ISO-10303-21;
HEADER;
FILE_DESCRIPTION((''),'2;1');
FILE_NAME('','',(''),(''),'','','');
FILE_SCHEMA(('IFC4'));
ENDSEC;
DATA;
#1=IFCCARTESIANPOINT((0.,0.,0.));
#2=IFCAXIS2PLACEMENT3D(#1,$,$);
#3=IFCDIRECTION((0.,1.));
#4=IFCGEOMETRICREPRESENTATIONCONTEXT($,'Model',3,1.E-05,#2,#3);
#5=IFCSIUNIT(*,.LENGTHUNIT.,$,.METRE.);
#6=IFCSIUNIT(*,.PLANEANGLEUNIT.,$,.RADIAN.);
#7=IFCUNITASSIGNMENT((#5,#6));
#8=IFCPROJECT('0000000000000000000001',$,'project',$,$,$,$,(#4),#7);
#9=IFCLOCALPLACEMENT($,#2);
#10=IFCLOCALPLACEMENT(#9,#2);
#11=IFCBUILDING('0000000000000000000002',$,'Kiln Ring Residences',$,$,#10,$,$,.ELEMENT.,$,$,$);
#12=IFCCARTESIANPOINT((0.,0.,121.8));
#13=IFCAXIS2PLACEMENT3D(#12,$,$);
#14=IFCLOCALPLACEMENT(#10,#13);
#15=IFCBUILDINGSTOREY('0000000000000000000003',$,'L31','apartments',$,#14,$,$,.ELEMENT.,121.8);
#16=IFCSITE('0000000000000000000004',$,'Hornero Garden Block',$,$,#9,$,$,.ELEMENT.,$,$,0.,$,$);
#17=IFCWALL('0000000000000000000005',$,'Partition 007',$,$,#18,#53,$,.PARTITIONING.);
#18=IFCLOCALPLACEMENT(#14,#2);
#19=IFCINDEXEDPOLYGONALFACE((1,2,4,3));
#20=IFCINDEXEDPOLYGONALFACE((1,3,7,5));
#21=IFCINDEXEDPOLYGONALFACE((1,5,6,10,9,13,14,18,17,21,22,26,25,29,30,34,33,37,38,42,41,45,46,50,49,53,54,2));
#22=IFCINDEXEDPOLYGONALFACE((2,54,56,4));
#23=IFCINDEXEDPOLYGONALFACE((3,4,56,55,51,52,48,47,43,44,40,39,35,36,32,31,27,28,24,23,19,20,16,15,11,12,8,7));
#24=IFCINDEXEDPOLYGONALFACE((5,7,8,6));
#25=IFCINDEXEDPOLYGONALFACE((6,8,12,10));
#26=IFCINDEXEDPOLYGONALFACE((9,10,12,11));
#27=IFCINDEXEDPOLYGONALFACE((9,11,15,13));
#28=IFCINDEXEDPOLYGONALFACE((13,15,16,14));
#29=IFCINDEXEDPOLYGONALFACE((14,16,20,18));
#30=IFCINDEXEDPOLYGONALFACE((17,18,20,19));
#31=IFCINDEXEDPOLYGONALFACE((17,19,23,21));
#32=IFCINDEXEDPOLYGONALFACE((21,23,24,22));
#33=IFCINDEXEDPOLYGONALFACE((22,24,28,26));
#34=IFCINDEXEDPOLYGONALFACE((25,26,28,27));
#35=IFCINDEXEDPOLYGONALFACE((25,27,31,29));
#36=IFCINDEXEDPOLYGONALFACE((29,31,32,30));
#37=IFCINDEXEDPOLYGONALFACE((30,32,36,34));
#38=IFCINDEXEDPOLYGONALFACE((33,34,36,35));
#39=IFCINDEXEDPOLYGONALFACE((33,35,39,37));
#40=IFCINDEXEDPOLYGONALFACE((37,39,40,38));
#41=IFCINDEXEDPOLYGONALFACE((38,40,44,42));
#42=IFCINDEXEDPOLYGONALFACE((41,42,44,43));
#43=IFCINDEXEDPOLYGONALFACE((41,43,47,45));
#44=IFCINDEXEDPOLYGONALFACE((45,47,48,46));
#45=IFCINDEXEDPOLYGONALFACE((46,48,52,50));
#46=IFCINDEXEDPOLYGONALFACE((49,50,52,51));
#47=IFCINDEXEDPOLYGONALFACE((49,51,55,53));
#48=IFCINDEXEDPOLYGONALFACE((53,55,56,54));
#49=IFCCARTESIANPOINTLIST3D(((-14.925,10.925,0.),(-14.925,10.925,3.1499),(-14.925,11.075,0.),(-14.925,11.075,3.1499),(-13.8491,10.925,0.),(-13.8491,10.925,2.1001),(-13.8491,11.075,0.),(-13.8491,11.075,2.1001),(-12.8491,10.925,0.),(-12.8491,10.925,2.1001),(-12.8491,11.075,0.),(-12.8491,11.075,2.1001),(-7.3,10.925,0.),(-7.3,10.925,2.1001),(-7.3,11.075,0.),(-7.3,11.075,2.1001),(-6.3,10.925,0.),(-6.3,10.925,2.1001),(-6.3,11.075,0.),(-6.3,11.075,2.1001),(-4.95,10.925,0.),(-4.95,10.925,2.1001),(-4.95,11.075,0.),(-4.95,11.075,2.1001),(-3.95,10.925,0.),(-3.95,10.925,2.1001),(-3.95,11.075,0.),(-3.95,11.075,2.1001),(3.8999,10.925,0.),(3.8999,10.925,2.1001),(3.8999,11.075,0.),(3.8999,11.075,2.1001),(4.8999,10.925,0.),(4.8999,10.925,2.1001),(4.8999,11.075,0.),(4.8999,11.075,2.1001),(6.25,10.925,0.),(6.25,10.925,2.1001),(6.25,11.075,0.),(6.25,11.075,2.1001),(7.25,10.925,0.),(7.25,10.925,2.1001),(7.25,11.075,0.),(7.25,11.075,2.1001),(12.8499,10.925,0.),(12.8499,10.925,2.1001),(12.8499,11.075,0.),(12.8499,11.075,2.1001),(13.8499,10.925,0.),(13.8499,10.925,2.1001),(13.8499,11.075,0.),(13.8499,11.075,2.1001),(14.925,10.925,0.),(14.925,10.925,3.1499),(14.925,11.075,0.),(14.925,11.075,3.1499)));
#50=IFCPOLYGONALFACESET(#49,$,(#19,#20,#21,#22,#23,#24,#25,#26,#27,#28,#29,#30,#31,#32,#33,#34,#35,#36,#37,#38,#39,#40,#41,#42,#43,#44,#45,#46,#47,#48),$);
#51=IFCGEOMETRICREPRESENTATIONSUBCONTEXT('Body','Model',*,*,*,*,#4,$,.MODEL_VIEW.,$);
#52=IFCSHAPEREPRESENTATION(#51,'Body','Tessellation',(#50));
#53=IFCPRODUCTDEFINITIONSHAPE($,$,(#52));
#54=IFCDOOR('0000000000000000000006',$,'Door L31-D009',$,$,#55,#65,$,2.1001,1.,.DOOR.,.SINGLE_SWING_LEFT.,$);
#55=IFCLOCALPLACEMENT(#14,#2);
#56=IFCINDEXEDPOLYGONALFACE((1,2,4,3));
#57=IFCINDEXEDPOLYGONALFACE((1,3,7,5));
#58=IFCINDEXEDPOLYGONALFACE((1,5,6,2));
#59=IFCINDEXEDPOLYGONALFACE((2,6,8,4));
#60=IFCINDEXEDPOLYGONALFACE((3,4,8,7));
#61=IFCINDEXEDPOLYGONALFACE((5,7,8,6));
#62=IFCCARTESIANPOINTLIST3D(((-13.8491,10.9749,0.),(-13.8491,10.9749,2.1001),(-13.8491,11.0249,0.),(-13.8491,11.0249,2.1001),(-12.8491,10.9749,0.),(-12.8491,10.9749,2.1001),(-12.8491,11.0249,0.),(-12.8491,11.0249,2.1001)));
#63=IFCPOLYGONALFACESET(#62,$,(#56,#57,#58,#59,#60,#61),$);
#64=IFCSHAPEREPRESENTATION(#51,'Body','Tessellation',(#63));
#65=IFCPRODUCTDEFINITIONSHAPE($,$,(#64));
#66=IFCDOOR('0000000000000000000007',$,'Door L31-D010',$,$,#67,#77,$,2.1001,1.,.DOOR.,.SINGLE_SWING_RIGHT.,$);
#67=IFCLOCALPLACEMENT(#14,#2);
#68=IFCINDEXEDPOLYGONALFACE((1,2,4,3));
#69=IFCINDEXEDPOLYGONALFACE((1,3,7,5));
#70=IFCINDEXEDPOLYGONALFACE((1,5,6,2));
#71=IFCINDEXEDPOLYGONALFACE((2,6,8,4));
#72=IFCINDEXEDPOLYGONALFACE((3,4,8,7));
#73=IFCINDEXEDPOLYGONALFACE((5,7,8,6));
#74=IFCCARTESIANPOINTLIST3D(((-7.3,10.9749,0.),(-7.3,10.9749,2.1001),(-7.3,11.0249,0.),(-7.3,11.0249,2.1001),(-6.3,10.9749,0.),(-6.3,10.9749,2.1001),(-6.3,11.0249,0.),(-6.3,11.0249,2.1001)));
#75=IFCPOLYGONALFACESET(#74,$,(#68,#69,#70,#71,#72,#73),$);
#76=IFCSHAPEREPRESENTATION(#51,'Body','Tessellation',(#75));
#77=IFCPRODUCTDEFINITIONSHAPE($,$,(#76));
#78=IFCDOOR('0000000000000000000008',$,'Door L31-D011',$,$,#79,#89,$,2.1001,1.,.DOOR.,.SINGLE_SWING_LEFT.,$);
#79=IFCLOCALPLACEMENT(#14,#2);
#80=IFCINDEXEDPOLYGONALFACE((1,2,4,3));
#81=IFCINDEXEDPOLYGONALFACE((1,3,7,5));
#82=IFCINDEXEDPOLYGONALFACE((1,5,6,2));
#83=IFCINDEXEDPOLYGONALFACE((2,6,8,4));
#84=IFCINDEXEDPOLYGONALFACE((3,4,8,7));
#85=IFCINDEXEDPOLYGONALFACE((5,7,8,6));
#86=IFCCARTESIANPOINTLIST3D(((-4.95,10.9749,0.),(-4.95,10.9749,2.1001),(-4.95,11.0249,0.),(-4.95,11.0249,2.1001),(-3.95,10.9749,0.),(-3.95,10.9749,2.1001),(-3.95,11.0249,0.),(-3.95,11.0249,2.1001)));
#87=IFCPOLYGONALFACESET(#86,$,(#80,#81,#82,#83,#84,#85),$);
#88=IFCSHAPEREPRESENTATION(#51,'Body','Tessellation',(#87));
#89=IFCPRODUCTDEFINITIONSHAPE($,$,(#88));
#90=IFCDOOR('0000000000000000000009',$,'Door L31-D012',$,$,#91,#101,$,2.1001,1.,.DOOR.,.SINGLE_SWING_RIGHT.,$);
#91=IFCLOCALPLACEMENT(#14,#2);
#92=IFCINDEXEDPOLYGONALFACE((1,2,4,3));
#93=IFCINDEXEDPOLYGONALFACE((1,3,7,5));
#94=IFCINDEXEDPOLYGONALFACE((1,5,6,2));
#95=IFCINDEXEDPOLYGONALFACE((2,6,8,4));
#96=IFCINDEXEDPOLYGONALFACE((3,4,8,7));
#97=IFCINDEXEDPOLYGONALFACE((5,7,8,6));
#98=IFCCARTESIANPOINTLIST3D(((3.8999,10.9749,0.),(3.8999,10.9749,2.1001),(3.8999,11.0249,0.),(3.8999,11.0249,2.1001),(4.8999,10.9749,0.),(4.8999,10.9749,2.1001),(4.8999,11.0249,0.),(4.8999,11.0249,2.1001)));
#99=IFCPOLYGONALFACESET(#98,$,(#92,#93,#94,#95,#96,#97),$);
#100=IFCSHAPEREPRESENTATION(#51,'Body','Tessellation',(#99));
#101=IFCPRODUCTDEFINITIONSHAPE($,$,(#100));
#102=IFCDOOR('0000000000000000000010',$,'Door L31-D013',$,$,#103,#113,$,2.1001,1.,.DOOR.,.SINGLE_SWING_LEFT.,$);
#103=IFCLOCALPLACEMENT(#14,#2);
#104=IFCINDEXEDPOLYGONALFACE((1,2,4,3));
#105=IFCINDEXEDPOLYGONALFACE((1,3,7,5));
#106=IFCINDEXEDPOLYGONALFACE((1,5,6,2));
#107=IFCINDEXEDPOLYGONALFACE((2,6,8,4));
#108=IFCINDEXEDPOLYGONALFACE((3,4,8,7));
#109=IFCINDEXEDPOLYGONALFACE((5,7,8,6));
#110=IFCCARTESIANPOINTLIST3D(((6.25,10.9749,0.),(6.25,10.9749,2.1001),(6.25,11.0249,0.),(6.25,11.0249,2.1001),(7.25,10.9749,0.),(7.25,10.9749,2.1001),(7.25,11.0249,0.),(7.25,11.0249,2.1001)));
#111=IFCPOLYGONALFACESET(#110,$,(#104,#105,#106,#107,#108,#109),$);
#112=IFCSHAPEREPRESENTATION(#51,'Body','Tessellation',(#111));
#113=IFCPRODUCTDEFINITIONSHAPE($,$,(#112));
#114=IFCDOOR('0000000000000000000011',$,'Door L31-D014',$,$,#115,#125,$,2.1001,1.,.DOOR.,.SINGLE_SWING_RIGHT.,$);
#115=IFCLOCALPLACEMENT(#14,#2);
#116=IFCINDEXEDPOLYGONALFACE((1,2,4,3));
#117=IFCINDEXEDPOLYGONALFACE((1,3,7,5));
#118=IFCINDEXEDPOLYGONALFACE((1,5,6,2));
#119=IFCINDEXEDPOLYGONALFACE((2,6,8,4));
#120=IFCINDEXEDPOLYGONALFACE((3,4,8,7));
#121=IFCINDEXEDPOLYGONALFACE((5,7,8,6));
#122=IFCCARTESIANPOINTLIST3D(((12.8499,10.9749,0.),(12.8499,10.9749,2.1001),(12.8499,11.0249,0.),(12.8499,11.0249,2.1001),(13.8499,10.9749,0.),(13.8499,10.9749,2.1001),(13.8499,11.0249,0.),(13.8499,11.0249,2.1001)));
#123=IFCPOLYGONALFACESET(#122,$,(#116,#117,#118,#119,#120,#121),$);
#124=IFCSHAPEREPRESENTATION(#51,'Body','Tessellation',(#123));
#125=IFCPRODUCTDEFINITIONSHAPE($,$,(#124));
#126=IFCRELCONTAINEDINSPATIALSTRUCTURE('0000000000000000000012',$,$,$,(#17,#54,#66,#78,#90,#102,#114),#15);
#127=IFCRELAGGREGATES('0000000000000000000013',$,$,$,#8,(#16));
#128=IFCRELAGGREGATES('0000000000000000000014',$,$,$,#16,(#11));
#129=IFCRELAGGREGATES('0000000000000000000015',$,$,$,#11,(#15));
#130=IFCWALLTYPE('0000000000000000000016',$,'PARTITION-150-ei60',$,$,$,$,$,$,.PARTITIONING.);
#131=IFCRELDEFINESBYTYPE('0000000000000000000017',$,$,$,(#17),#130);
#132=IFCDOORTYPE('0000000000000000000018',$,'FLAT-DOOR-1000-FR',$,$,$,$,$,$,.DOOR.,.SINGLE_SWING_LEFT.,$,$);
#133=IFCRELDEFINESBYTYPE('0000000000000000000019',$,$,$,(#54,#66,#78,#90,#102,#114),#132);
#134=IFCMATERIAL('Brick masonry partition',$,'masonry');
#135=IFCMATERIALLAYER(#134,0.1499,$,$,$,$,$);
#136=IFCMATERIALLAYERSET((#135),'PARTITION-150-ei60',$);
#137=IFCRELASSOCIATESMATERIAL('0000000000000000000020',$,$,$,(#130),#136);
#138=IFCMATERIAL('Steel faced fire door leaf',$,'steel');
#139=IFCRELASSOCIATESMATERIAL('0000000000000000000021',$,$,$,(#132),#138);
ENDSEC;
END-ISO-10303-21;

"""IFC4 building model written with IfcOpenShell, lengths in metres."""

from ifc_helpers import new_model, si_unit, direction, frame, frame_2d, origin, place, context, subcontext, project, spatial, rectangle, extrude, material, layer, layer_set, type_object, element, fill, save


model = new_model("IFC4")

# Units and contexts
model_context = context("Model", 3, precision=1e-05, world=origin(), true_north=direction((0.0, 1.0)))
body_context = subcontext(model_context, "Body", "Model", "MODEL_VIEW")
ifc_project = project(units=[si_unit("LENGTHUNIT", "METRE"), si_unit("PLANEANGLEUNIT", "RADIAN")], contexts=[model_context])

# Site, building, storey
site_placement = place(None, origin())
site = spatial("IfcSite", under=ifc_project, at=site_placement, Name="Hornero Garden Block", CompositionType="ELEMENT", RefElevation=0.0)
building_placement = place(site_placement, origin())
building = spatial("IfcBuilding", under=site, at=building_placement, Name="Kiln Ring Residences", CompositionType="ELEMENT")
storey_placement = place(building_placement, frame((0.0, 0.0, 121.8)))
storey = spatial("IfcBuildingStorey", under=building, at=storey_placement, Name="L31", Description="apartments", CompositionType="ELEMENT", Elevation=121.8)

# Wall, openings, doors
ifc_material_1 = material(Name="Brick masonry partition", Category="masonry")
ifc_layer_1 = layer(ifc_material_1, 0.1499)
ifc_layer_set_1 = layer_set([ifc_layer_1], Name="PARTITION-150-ei60")
wall_type = type_object("IfcWallType", Name="PARTITION-150-ei60", PredefinedType="PARTITIONING", material=ifc_layer_set_1)
wall_1_placement = place(storey_placement, frame((-14.925, 11.0, 0.0), z_axis=(0.0, 0.0, 1.0), x_axis=(1.0, 0.0, 0.0)))
wall_1 = element("IfcWall", 1, at=wall_1_placement, inside=storey, type_object=wall_type, Name="Partition 007", PredefinedType="PARTITIONING", context=body_context, shape_type="SweptSolid", body=[
    extrude(rectangle(XDim=29.8501, YDim=0.1499, at=frame_2d((14.925, 0.0))), origin(), (0.0, 0.0, 1.0), 3.1499),
])
opening_1_placement = place(wall_1_placement, frame((1.0759, 0.0, 0.0)))
opening_1 = element("IfcOpeningElement", 2, at=opening_1_placement, cuts=wall_1, PredefinedType="OPENING", context=body_context, shape_type="SweptSolid", body=[
    extrude(rectangle(XDim=1.0, YDim=2.1001, at=frame_2d((0.5, 1.05))), frame((0.0, 0.085, 0.0), z_axis=(0.0, -1.0, 0.0), x_axis=(1.0, 0.0, 0.0)), (0.0, 0.0, 1.0), 0.1699),
])
opening_2_placement = place(wall_1_placement, frame((7.625, 0.0, 0.0)))
opening_2 = element("IfcOpeningElement", 3, at=opening_2_placement, cuts=wall_1, PredefinedType="OPENING", context=body_context, shape_type="SweptSolid", body=[
    extrude(rectangle(XDim=1.0, YDim=2.1001, at=frame_2d((0.5, 1.05))), frame((0.0, 0.085, 0.0), z_axis=(0.0, -1.0, 0.0), x_axis=(1.0, 0.0, 0.0)), (0.0, 0.0, 1.0), 0.1699),
])
opening_3_placement = place(wall_1_placement, frame((9.9751, 0.0, 0.0)))
opening_3 = element("IfcOpeningElement", 4, at=opening_3_placement, cuts=wall_1, PredefinedType="OPENING", context=body_context, shape_type="SweptSolid", body=[
    extrude(rectangle(XDim=1.0, YDim=2.1001, at=frame_2d((0.5, 1.05))), frame((0.0, 0.085, 0.0), z_axis=(0.0, -1.0, 0.0), x_axis=(1.0, 0.0, 0.0)), (0.0, 0.0, 1.0), 0.1699),
])
opening_4_placement = place(wall_1_placement, frame((18.825, 0.0, 0.0)))
opening_4 = element("IfcOpeningElement", 5, at=opening_4_placement, cuts=wall_1, PredefinedType="OPENING", context=body_context, shape_type="SweptSolid", body=[
    extrude(rectangle(XDim=1.0, YDim=2.1001, at=frame_2d((0.5, 1.05))), frame((0.0, 0.085, 0.0), z_axis=(0.0, -1.0, 0.0), x_axis=(1.0, 0.0, 0.0)), (0.0, 0.0, 1.0), 0.1699),
])
opening_5_placement = place(wall_1_placement, frame((21.175, 0.0, 0.0)))
opening_5 = element("IfcOpeningElement", 6, at=opening_5_placement, cuts=wall_1, PredefinedType="OPENING", context=body_context, shape_type="SweptSolid", body=[
    extrude(rectangle(XDim=1.0, YDim=2.1001, at=frame_2d((0.5, 1.05))), frame((0.0, 0.085, 0.0), z_axis=(0.0, -1.0, 0.0), x_axis=(1.0, 0.0, 0.0)), (0.0, 0.0, 1.0), 0.1699),
])
opening_6_placement = place(wall_1_placement, frame((27.7749, 0.0, 0.0)))
opening_6 = element("IfcOpeningElement", 7, at=opening_6_placement, cuts=wall_1, PredefinedType="OPENING", context=body_context, shape_type="SweptSolid", body=[
    extrude(rectangle(XDim=1.0, YDim=2.1001, at=frame_2d((0.5, 1.05))), frame((0.0, 0.085, 0.0), z_axis=(0.0, -1.0, 0.0), x_axis=(1.0, 0.0, 0.0)), (0.0, 0.0, 1.0), 0.1699),
])
ifc_material_2 = material(Name="Steel faced fire door leaf", Category="steel")
door_type = type_object("IfcDoorType", Name="FLAT-DOOR-1000-FR", OperationType="SINGLE_SWING_LEFT", PredefinedType="DOOR", material=ifc_material_2)
door_1_placement = place(opening_1_placement, origin())
door_1 = element("IfcDoor", 8, at=door_1_placement, inside=storey, type_object=door_type, Name="Door L31-D009", OperationType="SINGLE_SWING_LEFT", OverallHeight=2.1001, OverallWidth=1.0, PredefinedType="DOOR", context=body_context, shape_type="SweptSolid", body=[
    extrude(rectangle(XDim=1.0, YDim=2.1001, at=frame_2d((0.5, 1.05))), frame((0.0, 0.0249, 0.0), z_axis=(0.0, -1.0, 0.0), x_axis=(1.0, 0.0, 0.0)), (0.0, 0.0, 1.0), 0.05),
])
fill(opening_1, door_1)
door_2_placement = place(opening_2_placement, origin())
door_2 = element("IfcDoor", 9, at=door_2_placement, inside=storey, type_object=door_type, Name="Door L31-D010", OperationType="SINGLE_SWING_RIGHT", OverallHeight=2.1001, OverallWidth=1.0, PredefinedType="DOOR", context=body_context, shape_type="SweptSolid", body=[
    extrude(rectangle(XDim=1.0, YDim=2.1001, at=frame_2d((0.5, 1.05))), frame((0.0, 0.0249, 0.0), z_axis=(0.0, -1.0, 0.0), x_axis=(1.0, 0.0, 0.0)), (0.0, 0.0, 1.0), 0.05),
])
fill(opening_2, door_2)
door_3_placement = place(opening_3_placement, origin())
door_3 = element("IfcDoor", 10, at=door_3_placement, inside=storey, type_object=door_type, Name="Door L31-D011", OperationType="SINGLE_SWING_LEFT", OverallHeight=2.1001, OverallWidth=1.0, PredefinedType="DOOR", context=body_context, shape_type="SweptSolid", body=[
    extrude(rectangle(XDim=1.0, YDim=2.1001, at=frame_2d((0.5, 1.05))), frame((0.0, 0.0249, 0.0), z_axis=(0.0, -1.0, 0.0), x_axis=(1.0, 0.0, 0.0)), (0.0, 0.0, 1.0), 0.05),
])
fill(opening_3, door_3)
door_4_placement = place(opening_4_placement, origin())
door_4 = element("IfcDoor", 11, at=door_4_placement, inside=storey, type_object=door_type, Name="Door L31-D012", OperationType="SINGLE_SWING_RIGHT", OverallHeight=2.1001, OverallWidth=1.0, PredefinedType="DOOR", context=body_context, shape_type="SweptSolid", body=[
    extrude(rectangle(XDim=1.0, YDim=2.1001, at=frame_2d((0.5, 1.05))), frame((0.0, 0.0249, 0.0), z_axis=(0.0, -1.0, 0.0), x_axis=(1.0, 0.0, 0.0)), (0.0, 0.0, 1.0), 0.05),
])
fill(opening_4, door_4)
door_5_placement = place(opening_5_placement, origin())
door_5 = element("IfcDoor", 12, at=door_5_placement, inside=storey, type_object=door_type, Name="Door L31-D013", OperationType="SINGLE_SWING_LEFT", OverallHeight=2.1001, OverallWidth=1.0, PredefinedType="DOOR", context=body_context, shape_type="SweptSolid", body=[
    extrude(rectangle(XDim=1.0, YDim=2.1001, at=frame_2d((0.5, 1.05))), frame((0.0, 0.0249, 0.0), z_axis=(0.0, -1.0, 0.0), x_axis=(1.0, 0.0, 0.0)), (0.0, 0.0, 1.0), 0.05),
])
fill(opening_5, door_5)
door_6_placement = place(opening_6_placement, origin())
door_6 = element("IfcDoor", 13, at=door_6_placement, inside=storey, type_object=door_type, Name="Door L31-D014", OperationType="SINGLE_SWING_RIGHT", OverallHeight=2.1001, OverallWidth=1.0, PredefinedType="DOOR", context=body_context, shape_type="SweptSolid", body=[
    extrude(rectangle(XDim=1.0, YDim=2.1001, at=frame_2d((0.5, 1.05))), frame((0.0, 0.0249, 0.0), z_axis=(0.0, -1.0, 0.0), x_axis=(1.0, 0.0, 0.0)), (0.0, 0.0, 1.0), 0.05),
])
fill(opening_6, door_6)

save(model, "model.ifc")
